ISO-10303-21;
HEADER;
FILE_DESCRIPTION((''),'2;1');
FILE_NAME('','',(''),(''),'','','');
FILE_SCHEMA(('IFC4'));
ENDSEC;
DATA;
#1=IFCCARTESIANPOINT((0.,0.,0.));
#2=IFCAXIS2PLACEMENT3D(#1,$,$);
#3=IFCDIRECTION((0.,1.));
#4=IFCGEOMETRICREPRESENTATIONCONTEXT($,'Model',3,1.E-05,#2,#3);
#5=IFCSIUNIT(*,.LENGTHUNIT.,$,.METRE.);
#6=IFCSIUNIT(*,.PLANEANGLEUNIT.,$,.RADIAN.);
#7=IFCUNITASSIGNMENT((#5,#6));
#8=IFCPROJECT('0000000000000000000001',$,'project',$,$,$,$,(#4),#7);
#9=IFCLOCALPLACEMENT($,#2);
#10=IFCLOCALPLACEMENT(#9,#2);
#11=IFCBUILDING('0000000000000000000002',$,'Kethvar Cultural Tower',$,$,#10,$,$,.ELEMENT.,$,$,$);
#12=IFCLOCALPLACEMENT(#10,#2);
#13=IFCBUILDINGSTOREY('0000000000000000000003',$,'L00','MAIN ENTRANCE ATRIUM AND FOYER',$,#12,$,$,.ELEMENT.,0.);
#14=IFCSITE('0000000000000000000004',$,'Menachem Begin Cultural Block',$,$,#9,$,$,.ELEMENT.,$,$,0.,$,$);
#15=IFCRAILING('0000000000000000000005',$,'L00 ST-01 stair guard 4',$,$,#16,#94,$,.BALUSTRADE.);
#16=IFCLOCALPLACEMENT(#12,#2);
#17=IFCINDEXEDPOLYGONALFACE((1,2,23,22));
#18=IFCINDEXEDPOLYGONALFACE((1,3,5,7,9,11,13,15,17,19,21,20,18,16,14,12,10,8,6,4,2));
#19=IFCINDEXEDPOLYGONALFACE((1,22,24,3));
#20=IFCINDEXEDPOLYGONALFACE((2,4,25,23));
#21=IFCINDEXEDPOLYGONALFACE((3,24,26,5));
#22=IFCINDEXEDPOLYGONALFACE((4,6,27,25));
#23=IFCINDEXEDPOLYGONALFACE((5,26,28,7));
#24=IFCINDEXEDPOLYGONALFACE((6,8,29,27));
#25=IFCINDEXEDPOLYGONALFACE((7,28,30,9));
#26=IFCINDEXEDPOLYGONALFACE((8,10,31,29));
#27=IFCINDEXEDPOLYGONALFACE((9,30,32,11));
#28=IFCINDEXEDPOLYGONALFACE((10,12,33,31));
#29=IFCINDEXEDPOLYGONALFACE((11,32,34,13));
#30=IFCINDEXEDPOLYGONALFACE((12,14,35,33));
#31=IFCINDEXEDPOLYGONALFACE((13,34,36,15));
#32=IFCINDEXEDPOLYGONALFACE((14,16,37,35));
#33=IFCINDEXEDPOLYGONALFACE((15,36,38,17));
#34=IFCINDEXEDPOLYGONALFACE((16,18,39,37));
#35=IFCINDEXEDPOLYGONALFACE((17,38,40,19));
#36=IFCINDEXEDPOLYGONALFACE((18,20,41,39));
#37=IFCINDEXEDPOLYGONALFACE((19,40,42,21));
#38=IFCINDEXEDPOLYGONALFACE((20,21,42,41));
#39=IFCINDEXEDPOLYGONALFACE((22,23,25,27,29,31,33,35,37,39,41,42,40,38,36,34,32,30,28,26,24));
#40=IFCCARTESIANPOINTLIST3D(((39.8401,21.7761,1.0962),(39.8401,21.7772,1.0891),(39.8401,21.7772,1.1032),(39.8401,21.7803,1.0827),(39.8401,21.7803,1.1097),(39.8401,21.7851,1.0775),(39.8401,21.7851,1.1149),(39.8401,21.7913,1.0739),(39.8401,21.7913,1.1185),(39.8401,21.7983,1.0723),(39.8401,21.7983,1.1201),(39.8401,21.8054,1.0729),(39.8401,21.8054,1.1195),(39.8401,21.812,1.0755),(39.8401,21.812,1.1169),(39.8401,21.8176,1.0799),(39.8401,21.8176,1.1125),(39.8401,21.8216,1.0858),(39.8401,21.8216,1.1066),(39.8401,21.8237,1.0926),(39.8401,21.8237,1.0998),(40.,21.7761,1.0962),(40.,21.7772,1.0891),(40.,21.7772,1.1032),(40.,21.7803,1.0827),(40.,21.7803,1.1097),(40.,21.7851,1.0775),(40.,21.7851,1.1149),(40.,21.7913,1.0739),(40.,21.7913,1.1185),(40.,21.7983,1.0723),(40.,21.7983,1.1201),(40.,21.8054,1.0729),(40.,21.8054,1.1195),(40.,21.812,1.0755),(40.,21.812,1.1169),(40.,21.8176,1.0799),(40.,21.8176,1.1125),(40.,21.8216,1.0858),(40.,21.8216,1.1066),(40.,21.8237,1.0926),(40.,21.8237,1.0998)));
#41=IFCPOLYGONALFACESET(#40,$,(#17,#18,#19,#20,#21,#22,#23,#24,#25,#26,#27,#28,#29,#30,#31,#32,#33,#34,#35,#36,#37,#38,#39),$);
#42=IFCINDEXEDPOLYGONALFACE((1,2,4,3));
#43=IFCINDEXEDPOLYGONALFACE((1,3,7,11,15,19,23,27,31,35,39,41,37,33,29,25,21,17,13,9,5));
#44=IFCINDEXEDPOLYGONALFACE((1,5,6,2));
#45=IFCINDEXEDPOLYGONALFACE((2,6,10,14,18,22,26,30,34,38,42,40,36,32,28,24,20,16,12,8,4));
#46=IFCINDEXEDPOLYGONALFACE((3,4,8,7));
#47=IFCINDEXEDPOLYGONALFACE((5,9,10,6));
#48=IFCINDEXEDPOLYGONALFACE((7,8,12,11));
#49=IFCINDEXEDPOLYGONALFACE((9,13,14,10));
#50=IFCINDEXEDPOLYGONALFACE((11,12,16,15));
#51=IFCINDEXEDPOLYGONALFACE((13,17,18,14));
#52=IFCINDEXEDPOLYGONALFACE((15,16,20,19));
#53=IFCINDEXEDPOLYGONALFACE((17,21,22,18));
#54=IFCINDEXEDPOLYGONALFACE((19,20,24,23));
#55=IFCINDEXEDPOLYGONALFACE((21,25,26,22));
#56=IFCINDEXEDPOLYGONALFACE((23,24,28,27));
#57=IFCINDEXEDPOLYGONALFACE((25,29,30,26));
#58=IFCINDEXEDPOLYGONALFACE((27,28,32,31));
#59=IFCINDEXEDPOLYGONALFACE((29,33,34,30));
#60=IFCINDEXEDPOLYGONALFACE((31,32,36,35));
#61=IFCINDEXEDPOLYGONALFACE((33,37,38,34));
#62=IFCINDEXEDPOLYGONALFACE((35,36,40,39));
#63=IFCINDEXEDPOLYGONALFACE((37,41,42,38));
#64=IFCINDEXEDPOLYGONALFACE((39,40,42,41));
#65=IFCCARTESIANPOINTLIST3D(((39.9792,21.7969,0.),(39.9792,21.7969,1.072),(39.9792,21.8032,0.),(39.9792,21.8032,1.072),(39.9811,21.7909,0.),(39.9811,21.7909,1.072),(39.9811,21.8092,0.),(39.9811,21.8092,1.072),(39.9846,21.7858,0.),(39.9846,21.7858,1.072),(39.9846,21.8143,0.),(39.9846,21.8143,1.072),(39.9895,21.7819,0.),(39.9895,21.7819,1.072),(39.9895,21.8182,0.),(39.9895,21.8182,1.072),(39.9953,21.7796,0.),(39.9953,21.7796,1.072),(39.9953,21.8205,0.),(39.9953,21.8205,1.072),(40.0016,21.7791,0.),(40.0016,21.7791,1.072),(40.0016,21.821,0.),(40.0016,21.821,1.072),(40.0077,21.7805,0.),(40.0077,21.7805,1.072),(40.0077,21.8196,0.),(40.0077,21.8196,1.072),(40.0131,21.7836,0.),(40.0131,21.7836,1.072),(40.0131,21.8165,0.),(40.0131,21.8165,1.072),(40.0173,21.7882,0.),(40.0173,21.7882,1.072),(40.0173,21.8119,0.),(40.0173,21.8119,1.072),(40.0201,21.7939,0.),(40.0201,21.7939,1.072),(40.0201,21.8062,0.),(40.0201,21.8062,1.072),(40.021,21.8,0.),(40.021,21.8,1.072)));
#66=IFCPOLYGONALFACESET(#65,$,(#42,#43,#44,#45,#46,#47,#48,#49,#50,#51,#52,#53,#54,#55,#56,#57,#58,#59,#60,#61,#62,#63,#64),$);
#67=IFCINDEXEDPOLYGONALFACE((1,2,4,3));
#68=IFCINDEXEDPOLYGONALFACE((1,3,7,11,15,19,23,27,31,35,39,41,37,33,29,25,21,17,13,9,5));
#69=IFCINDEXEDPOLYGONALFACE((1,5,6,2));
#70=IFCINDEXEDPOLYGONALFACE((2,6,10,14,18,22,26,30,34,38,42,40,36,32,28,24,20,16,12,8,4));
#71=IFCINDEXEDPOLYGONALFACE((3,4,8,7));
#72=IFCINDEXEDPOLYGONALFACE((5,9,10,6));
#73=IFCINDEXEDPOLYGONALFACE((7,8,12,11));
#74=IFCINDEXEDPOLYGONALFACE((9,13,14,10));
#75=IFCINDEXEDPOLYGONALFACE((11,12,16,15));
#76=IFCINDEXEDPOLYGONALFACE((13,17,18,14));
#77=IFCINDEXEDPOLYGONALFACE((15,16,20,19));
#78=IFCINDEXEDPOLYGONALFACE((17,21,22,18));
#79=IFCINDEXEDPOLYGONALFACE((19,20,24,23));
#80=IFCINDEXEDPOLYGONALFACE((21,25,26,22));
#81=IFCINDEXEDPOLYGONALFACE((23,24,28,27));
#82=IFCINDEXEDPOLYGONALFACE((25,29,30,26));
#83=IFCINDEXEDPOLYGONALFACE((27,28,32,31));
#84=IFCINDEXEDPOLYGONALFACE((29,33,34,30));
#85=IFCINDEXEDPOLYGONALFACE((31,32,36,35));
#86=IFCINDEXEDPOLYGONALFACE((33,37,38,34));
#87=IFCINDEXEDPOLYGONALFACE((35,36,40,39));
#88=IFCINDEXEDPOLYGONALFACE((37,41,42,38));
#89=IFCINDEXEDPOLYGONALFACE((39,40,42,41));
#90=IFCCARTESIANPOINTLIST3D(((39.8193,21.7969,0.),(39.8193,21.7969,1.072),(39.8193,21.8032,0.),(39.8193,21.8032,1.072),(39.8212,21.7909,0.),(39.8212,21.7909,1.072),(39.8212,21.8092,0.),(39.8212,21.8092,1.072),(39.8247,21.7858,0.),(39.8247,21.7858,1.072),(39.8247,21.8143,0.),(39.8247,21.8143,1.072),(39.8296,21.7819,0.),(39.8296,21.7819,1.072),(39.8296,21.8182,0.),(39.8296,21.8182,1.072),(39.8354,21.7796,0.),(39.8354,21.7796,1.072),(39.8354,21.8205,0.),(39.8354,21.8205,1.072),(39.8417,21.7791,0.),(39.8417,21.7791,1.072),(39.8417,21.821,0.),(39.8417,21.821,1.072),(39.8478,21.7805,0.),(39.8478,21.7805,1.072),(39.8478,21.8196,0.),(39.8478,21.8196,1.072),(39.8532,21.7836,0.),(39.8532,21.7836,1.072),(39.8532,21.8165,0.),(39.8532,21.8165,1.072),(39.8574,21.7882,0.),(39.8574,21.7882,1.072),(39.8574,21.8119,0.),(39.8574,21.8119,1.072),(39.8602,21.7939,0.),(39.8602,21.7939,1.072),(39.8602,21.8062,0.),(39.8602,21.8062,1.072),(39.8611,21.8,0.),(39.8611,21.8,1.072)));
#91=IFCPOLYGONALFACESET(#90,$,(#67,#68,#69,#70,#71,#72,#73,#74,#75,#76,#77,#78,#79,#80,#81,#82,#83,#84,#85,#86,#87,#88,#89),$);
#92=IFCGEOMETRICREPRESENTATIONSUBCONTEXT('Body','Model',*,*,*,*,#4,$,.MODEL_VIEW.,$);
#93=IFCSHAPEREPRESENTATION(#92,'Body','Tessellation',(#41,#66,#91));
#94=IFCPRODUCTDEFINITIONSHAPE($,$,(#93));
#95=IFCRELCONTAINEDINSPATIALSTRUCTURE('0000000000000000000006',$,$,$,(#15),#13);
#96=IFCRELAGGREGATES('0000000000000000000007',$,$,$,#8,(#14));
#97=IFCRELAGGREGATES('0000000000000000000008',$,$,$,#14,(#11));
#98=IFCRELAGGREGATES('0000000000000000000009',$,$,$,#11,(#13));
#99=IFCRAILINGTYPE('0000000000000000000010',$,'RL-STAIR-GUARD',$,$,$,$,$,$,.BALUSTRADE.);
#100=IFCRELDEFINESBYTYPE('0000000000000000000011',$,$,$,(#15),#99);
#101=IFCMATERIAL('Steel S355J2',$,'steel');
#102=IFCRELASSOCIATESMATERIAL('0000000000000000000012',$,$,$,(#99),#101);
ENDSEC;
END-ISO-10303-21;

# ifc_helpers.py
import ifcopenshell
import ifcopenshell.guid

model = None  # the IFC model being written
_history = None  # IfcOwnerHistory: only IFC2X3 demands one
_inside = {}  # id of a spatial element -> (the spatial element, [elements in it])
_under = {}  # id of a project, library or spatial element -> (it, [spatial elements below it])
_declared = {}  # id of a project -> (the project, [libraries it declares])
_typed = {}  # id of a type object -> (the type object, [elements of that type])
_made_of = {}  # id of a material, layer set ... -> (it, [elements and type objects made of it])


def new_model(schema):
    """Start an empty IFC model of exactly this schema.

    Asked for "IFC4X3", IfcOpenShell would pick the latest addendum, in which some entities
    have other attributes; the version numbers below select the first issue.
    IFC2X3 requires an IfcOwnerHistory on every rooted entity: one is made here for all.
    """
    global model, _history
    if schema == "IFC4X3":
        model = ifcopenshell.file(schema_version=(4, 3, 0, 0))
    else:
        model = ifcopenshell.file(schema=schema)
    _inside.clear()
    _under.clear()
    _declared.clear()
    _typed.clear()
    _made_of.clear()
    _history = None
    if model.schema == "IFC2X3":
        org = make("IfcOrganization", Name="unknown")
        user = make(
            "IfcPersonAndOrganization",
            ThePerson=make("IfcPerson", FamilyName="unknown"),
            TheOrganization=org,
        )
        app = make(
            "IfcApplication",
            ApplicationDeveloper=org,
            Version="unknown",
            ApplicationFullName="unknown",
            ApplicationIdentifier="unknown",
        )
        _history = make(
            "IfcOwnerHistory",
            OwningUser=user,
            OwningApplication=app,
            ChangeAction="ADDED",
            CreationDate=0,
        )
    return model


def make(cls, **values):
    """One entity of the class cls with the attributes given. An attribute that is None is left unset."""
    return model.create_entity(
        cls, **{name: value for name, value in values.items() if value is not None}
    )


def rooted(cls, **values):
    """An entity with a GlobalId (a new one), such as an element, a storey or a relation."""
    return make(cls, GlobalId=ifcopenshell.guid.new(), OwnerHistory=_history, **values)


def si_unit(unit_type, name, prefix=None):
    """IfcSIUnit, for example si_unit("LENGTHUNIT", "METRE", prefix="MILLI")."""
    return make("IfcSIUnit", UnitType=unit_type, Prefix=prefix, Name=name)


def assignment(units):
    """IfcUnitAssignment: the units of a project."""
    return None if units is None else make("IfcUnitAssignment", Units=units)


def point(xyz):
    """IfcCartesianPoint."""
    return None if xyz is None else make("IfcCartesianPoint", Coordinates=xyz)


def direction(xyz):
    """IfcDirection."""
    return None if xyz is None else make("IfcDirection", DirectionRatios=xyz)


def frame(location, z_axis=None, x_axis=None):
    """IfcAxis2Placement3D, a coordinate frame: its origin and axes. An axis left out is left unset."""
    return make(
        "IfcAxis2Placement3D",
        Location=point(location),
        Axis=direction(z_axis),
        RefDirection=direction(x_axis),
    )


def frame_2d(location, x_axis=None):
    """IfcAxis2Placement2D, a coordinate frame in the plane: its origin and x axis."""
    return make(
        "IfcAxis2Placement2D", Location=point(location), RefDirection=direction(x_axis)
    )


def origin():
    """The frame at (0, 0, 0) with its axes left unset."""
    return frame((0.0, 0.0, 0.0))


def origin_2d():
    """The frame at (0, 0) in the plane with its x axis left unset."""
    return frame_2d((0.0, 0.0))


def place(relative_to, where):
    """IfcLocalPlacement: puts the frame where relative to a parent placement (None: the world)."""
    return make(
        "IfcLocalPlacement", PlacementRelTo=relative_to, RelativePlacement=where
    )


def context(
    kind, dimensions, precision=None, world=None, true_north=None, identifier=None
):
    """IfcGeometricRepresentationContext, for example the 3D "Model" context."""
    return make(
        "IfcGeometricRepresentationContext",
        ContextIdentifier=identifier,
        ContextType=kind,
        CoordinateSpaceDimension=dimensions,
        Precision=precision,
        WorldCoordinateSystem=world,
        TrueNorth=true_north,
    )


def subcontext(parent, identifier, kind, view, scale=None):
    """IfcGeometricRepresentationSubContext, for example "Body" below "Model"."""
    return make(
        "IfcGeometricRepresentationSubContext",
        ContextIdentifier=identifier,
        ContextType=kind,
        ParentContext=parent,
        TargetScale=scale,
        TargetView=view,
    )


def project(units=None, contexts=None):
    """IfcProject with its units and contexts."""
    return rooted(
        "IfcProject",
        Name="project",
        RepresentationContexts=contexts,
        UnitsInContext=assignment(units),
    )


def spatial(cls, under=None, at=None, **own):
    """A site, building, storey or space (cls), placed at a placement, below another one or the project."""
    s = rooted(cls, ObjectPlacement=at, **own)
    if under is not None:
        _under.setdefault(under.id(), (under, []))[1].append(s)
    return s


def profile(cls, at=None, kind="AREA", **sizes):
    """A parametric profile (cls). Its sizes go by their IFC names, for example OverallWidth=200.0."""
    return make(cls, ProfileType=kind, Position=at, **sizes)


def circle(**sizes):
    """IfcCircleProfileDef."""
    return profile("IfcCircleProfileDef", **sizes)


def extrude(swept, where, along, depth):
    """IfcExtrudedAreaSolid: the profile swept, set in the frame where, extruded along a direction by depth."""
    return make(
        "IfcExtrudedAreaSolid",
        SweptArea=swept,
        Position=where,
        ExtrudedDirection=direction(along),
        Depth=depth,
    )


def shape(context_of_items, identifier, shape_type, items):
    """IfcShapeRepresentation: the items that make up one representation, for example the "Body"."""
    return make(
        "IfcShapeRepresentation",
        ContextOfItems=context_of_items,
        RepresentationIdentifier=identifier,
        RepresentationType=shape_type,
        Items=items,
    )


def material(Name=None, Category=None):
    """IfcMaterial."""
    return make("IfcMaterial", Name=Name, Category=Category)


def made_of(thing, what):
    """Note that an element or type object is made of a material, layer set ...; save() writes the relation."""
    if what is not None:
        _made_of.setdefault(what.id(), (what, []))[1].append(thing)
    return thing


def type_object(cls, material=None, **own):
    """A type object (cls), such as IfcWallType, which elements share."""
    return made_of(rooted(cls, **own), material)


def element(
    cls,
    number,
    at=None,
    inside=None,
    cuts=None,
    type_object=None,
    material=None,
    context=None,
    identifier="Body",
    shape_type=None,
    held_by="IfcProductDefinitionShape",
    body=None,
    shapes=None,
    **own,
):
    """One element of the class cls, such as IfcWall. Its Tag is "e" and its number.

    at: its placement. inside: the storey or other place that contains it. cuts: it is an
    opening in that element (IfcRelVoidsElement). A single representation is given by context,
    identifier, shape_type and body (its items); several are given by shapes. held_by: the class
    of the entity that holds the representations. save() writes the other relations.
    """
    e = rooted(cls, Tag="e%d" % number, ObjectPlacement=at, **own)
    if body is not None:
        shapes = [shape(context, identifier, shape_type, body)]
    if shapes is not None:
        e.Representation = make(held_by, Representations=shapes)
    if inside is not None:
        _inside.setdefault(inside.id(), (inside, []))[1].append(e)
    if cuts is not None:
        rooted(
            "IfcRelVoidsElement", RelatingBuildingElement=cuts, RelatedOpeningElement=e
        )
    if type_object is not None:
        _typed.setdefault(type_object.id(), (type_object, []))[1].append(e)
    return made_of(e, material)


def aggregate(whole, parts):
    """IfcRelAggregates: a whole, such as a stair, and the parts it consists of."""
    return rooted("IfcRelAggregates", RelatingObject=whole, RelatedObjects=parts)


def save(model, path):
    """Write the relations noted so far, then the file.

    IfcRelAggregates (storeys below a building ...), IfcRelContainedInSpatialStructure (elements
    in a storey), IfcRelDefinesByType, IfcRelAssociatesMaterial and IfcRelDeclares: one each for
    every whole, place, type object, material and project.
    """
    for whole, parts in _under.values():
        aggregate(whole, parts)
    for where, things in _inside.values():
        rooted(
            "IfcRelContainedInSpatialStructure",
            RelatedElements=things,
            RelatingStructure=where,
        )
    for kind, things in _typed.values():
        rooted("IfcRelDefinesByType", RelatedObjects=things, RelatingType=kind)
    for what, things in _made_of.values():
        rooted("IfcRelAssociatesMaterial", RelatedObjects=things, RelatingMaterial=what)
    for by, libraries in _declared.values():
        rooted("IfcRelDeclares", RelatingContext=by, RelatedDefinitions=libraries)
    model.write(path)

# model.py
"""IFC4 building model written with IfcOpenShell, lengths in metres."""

from ifc_helpers import new_model, si_unit, direction, frame, origin, origin_2d, place, context, subcontext, project, spatial, circle, extrude, material, type_object, element, save


model = new_model("IFC4")

# Units and contexts
model_context = context("Model", 3, precision=1e-05, world=origin(), true_north=direction((0.0, 1.0)))
body_context = subcontext(model_context, "Body", "Model", "MODEL_VIEW")
ifc_project = project(units=[si_unit("LENGTHUNIT", "METRE"), si_unit("PLANEANGLEUNIT", "RADIAN")], contexts=[model_context])

# Site, building, storey
site_placement = place(None, origin())
site = spatial("IfcSite", under=ifc_project, at=site_placement, Name="Menachem Begin Cultural Block", CompositionType="ELEMENT", RefElevation=0.0)
building_placement = place(site_placement, origin())
building = spatial("IfcBuilding", under=site, at=building_placement, Name="Kethvar Cultural Tower", CompositionType="ELEMENT")
storey_placement = place(building_placement, origin())
storey = spatial("IfcBuildingStorey", under=building, at=storey_placement, Name="L00", Description="MAIN ENTRANCE ATRIUM AND FOYER", CompositionType="ELEMENT", Elevation=0.0)

# Shared definitions
ifc_material_1 = material(Name="Steel S355J2", Category="steel")

# Railing
railing_type_1 = type_object("IfcRailingType", Name="RL-STAIR-GUARD", PredefinedType="BALUSTRADE", material=ifc_material_1)
railing_1_placement = place(storey_placement, frame((40.0, 21.8, 0.0)))
element("IfcRailing", 1, at=railing_1_placement, inside=storey, type_object=railing_type_1, Name="L00 ST-01 stair guard 4", PredefinedType="BALUSTRADE", context=body_context, shape_type="SweptSolid", body=[
    extrude(circle(Radius=0.0239, at=origin_2d()), frame((0.0, 0.0, 1.0962), z_axis=(-1.0, 0.0, 0.0), x_axis=(0.0, -1.0, 0.0)), (0.0, 0.0, 1.0), 0.1599),
    extrude(circle(Radius=0.021, at=origin_2d()), origin(), (0.0, 0.0, 1.0), 1.072),
    extrude(circle(Radius=0.021, at=origin_2d()), frame((-0.1599, 0.0, 0.0)), (0.0, 0.0, 1.0), 1.072),
])

save(model, "model.ifc")
